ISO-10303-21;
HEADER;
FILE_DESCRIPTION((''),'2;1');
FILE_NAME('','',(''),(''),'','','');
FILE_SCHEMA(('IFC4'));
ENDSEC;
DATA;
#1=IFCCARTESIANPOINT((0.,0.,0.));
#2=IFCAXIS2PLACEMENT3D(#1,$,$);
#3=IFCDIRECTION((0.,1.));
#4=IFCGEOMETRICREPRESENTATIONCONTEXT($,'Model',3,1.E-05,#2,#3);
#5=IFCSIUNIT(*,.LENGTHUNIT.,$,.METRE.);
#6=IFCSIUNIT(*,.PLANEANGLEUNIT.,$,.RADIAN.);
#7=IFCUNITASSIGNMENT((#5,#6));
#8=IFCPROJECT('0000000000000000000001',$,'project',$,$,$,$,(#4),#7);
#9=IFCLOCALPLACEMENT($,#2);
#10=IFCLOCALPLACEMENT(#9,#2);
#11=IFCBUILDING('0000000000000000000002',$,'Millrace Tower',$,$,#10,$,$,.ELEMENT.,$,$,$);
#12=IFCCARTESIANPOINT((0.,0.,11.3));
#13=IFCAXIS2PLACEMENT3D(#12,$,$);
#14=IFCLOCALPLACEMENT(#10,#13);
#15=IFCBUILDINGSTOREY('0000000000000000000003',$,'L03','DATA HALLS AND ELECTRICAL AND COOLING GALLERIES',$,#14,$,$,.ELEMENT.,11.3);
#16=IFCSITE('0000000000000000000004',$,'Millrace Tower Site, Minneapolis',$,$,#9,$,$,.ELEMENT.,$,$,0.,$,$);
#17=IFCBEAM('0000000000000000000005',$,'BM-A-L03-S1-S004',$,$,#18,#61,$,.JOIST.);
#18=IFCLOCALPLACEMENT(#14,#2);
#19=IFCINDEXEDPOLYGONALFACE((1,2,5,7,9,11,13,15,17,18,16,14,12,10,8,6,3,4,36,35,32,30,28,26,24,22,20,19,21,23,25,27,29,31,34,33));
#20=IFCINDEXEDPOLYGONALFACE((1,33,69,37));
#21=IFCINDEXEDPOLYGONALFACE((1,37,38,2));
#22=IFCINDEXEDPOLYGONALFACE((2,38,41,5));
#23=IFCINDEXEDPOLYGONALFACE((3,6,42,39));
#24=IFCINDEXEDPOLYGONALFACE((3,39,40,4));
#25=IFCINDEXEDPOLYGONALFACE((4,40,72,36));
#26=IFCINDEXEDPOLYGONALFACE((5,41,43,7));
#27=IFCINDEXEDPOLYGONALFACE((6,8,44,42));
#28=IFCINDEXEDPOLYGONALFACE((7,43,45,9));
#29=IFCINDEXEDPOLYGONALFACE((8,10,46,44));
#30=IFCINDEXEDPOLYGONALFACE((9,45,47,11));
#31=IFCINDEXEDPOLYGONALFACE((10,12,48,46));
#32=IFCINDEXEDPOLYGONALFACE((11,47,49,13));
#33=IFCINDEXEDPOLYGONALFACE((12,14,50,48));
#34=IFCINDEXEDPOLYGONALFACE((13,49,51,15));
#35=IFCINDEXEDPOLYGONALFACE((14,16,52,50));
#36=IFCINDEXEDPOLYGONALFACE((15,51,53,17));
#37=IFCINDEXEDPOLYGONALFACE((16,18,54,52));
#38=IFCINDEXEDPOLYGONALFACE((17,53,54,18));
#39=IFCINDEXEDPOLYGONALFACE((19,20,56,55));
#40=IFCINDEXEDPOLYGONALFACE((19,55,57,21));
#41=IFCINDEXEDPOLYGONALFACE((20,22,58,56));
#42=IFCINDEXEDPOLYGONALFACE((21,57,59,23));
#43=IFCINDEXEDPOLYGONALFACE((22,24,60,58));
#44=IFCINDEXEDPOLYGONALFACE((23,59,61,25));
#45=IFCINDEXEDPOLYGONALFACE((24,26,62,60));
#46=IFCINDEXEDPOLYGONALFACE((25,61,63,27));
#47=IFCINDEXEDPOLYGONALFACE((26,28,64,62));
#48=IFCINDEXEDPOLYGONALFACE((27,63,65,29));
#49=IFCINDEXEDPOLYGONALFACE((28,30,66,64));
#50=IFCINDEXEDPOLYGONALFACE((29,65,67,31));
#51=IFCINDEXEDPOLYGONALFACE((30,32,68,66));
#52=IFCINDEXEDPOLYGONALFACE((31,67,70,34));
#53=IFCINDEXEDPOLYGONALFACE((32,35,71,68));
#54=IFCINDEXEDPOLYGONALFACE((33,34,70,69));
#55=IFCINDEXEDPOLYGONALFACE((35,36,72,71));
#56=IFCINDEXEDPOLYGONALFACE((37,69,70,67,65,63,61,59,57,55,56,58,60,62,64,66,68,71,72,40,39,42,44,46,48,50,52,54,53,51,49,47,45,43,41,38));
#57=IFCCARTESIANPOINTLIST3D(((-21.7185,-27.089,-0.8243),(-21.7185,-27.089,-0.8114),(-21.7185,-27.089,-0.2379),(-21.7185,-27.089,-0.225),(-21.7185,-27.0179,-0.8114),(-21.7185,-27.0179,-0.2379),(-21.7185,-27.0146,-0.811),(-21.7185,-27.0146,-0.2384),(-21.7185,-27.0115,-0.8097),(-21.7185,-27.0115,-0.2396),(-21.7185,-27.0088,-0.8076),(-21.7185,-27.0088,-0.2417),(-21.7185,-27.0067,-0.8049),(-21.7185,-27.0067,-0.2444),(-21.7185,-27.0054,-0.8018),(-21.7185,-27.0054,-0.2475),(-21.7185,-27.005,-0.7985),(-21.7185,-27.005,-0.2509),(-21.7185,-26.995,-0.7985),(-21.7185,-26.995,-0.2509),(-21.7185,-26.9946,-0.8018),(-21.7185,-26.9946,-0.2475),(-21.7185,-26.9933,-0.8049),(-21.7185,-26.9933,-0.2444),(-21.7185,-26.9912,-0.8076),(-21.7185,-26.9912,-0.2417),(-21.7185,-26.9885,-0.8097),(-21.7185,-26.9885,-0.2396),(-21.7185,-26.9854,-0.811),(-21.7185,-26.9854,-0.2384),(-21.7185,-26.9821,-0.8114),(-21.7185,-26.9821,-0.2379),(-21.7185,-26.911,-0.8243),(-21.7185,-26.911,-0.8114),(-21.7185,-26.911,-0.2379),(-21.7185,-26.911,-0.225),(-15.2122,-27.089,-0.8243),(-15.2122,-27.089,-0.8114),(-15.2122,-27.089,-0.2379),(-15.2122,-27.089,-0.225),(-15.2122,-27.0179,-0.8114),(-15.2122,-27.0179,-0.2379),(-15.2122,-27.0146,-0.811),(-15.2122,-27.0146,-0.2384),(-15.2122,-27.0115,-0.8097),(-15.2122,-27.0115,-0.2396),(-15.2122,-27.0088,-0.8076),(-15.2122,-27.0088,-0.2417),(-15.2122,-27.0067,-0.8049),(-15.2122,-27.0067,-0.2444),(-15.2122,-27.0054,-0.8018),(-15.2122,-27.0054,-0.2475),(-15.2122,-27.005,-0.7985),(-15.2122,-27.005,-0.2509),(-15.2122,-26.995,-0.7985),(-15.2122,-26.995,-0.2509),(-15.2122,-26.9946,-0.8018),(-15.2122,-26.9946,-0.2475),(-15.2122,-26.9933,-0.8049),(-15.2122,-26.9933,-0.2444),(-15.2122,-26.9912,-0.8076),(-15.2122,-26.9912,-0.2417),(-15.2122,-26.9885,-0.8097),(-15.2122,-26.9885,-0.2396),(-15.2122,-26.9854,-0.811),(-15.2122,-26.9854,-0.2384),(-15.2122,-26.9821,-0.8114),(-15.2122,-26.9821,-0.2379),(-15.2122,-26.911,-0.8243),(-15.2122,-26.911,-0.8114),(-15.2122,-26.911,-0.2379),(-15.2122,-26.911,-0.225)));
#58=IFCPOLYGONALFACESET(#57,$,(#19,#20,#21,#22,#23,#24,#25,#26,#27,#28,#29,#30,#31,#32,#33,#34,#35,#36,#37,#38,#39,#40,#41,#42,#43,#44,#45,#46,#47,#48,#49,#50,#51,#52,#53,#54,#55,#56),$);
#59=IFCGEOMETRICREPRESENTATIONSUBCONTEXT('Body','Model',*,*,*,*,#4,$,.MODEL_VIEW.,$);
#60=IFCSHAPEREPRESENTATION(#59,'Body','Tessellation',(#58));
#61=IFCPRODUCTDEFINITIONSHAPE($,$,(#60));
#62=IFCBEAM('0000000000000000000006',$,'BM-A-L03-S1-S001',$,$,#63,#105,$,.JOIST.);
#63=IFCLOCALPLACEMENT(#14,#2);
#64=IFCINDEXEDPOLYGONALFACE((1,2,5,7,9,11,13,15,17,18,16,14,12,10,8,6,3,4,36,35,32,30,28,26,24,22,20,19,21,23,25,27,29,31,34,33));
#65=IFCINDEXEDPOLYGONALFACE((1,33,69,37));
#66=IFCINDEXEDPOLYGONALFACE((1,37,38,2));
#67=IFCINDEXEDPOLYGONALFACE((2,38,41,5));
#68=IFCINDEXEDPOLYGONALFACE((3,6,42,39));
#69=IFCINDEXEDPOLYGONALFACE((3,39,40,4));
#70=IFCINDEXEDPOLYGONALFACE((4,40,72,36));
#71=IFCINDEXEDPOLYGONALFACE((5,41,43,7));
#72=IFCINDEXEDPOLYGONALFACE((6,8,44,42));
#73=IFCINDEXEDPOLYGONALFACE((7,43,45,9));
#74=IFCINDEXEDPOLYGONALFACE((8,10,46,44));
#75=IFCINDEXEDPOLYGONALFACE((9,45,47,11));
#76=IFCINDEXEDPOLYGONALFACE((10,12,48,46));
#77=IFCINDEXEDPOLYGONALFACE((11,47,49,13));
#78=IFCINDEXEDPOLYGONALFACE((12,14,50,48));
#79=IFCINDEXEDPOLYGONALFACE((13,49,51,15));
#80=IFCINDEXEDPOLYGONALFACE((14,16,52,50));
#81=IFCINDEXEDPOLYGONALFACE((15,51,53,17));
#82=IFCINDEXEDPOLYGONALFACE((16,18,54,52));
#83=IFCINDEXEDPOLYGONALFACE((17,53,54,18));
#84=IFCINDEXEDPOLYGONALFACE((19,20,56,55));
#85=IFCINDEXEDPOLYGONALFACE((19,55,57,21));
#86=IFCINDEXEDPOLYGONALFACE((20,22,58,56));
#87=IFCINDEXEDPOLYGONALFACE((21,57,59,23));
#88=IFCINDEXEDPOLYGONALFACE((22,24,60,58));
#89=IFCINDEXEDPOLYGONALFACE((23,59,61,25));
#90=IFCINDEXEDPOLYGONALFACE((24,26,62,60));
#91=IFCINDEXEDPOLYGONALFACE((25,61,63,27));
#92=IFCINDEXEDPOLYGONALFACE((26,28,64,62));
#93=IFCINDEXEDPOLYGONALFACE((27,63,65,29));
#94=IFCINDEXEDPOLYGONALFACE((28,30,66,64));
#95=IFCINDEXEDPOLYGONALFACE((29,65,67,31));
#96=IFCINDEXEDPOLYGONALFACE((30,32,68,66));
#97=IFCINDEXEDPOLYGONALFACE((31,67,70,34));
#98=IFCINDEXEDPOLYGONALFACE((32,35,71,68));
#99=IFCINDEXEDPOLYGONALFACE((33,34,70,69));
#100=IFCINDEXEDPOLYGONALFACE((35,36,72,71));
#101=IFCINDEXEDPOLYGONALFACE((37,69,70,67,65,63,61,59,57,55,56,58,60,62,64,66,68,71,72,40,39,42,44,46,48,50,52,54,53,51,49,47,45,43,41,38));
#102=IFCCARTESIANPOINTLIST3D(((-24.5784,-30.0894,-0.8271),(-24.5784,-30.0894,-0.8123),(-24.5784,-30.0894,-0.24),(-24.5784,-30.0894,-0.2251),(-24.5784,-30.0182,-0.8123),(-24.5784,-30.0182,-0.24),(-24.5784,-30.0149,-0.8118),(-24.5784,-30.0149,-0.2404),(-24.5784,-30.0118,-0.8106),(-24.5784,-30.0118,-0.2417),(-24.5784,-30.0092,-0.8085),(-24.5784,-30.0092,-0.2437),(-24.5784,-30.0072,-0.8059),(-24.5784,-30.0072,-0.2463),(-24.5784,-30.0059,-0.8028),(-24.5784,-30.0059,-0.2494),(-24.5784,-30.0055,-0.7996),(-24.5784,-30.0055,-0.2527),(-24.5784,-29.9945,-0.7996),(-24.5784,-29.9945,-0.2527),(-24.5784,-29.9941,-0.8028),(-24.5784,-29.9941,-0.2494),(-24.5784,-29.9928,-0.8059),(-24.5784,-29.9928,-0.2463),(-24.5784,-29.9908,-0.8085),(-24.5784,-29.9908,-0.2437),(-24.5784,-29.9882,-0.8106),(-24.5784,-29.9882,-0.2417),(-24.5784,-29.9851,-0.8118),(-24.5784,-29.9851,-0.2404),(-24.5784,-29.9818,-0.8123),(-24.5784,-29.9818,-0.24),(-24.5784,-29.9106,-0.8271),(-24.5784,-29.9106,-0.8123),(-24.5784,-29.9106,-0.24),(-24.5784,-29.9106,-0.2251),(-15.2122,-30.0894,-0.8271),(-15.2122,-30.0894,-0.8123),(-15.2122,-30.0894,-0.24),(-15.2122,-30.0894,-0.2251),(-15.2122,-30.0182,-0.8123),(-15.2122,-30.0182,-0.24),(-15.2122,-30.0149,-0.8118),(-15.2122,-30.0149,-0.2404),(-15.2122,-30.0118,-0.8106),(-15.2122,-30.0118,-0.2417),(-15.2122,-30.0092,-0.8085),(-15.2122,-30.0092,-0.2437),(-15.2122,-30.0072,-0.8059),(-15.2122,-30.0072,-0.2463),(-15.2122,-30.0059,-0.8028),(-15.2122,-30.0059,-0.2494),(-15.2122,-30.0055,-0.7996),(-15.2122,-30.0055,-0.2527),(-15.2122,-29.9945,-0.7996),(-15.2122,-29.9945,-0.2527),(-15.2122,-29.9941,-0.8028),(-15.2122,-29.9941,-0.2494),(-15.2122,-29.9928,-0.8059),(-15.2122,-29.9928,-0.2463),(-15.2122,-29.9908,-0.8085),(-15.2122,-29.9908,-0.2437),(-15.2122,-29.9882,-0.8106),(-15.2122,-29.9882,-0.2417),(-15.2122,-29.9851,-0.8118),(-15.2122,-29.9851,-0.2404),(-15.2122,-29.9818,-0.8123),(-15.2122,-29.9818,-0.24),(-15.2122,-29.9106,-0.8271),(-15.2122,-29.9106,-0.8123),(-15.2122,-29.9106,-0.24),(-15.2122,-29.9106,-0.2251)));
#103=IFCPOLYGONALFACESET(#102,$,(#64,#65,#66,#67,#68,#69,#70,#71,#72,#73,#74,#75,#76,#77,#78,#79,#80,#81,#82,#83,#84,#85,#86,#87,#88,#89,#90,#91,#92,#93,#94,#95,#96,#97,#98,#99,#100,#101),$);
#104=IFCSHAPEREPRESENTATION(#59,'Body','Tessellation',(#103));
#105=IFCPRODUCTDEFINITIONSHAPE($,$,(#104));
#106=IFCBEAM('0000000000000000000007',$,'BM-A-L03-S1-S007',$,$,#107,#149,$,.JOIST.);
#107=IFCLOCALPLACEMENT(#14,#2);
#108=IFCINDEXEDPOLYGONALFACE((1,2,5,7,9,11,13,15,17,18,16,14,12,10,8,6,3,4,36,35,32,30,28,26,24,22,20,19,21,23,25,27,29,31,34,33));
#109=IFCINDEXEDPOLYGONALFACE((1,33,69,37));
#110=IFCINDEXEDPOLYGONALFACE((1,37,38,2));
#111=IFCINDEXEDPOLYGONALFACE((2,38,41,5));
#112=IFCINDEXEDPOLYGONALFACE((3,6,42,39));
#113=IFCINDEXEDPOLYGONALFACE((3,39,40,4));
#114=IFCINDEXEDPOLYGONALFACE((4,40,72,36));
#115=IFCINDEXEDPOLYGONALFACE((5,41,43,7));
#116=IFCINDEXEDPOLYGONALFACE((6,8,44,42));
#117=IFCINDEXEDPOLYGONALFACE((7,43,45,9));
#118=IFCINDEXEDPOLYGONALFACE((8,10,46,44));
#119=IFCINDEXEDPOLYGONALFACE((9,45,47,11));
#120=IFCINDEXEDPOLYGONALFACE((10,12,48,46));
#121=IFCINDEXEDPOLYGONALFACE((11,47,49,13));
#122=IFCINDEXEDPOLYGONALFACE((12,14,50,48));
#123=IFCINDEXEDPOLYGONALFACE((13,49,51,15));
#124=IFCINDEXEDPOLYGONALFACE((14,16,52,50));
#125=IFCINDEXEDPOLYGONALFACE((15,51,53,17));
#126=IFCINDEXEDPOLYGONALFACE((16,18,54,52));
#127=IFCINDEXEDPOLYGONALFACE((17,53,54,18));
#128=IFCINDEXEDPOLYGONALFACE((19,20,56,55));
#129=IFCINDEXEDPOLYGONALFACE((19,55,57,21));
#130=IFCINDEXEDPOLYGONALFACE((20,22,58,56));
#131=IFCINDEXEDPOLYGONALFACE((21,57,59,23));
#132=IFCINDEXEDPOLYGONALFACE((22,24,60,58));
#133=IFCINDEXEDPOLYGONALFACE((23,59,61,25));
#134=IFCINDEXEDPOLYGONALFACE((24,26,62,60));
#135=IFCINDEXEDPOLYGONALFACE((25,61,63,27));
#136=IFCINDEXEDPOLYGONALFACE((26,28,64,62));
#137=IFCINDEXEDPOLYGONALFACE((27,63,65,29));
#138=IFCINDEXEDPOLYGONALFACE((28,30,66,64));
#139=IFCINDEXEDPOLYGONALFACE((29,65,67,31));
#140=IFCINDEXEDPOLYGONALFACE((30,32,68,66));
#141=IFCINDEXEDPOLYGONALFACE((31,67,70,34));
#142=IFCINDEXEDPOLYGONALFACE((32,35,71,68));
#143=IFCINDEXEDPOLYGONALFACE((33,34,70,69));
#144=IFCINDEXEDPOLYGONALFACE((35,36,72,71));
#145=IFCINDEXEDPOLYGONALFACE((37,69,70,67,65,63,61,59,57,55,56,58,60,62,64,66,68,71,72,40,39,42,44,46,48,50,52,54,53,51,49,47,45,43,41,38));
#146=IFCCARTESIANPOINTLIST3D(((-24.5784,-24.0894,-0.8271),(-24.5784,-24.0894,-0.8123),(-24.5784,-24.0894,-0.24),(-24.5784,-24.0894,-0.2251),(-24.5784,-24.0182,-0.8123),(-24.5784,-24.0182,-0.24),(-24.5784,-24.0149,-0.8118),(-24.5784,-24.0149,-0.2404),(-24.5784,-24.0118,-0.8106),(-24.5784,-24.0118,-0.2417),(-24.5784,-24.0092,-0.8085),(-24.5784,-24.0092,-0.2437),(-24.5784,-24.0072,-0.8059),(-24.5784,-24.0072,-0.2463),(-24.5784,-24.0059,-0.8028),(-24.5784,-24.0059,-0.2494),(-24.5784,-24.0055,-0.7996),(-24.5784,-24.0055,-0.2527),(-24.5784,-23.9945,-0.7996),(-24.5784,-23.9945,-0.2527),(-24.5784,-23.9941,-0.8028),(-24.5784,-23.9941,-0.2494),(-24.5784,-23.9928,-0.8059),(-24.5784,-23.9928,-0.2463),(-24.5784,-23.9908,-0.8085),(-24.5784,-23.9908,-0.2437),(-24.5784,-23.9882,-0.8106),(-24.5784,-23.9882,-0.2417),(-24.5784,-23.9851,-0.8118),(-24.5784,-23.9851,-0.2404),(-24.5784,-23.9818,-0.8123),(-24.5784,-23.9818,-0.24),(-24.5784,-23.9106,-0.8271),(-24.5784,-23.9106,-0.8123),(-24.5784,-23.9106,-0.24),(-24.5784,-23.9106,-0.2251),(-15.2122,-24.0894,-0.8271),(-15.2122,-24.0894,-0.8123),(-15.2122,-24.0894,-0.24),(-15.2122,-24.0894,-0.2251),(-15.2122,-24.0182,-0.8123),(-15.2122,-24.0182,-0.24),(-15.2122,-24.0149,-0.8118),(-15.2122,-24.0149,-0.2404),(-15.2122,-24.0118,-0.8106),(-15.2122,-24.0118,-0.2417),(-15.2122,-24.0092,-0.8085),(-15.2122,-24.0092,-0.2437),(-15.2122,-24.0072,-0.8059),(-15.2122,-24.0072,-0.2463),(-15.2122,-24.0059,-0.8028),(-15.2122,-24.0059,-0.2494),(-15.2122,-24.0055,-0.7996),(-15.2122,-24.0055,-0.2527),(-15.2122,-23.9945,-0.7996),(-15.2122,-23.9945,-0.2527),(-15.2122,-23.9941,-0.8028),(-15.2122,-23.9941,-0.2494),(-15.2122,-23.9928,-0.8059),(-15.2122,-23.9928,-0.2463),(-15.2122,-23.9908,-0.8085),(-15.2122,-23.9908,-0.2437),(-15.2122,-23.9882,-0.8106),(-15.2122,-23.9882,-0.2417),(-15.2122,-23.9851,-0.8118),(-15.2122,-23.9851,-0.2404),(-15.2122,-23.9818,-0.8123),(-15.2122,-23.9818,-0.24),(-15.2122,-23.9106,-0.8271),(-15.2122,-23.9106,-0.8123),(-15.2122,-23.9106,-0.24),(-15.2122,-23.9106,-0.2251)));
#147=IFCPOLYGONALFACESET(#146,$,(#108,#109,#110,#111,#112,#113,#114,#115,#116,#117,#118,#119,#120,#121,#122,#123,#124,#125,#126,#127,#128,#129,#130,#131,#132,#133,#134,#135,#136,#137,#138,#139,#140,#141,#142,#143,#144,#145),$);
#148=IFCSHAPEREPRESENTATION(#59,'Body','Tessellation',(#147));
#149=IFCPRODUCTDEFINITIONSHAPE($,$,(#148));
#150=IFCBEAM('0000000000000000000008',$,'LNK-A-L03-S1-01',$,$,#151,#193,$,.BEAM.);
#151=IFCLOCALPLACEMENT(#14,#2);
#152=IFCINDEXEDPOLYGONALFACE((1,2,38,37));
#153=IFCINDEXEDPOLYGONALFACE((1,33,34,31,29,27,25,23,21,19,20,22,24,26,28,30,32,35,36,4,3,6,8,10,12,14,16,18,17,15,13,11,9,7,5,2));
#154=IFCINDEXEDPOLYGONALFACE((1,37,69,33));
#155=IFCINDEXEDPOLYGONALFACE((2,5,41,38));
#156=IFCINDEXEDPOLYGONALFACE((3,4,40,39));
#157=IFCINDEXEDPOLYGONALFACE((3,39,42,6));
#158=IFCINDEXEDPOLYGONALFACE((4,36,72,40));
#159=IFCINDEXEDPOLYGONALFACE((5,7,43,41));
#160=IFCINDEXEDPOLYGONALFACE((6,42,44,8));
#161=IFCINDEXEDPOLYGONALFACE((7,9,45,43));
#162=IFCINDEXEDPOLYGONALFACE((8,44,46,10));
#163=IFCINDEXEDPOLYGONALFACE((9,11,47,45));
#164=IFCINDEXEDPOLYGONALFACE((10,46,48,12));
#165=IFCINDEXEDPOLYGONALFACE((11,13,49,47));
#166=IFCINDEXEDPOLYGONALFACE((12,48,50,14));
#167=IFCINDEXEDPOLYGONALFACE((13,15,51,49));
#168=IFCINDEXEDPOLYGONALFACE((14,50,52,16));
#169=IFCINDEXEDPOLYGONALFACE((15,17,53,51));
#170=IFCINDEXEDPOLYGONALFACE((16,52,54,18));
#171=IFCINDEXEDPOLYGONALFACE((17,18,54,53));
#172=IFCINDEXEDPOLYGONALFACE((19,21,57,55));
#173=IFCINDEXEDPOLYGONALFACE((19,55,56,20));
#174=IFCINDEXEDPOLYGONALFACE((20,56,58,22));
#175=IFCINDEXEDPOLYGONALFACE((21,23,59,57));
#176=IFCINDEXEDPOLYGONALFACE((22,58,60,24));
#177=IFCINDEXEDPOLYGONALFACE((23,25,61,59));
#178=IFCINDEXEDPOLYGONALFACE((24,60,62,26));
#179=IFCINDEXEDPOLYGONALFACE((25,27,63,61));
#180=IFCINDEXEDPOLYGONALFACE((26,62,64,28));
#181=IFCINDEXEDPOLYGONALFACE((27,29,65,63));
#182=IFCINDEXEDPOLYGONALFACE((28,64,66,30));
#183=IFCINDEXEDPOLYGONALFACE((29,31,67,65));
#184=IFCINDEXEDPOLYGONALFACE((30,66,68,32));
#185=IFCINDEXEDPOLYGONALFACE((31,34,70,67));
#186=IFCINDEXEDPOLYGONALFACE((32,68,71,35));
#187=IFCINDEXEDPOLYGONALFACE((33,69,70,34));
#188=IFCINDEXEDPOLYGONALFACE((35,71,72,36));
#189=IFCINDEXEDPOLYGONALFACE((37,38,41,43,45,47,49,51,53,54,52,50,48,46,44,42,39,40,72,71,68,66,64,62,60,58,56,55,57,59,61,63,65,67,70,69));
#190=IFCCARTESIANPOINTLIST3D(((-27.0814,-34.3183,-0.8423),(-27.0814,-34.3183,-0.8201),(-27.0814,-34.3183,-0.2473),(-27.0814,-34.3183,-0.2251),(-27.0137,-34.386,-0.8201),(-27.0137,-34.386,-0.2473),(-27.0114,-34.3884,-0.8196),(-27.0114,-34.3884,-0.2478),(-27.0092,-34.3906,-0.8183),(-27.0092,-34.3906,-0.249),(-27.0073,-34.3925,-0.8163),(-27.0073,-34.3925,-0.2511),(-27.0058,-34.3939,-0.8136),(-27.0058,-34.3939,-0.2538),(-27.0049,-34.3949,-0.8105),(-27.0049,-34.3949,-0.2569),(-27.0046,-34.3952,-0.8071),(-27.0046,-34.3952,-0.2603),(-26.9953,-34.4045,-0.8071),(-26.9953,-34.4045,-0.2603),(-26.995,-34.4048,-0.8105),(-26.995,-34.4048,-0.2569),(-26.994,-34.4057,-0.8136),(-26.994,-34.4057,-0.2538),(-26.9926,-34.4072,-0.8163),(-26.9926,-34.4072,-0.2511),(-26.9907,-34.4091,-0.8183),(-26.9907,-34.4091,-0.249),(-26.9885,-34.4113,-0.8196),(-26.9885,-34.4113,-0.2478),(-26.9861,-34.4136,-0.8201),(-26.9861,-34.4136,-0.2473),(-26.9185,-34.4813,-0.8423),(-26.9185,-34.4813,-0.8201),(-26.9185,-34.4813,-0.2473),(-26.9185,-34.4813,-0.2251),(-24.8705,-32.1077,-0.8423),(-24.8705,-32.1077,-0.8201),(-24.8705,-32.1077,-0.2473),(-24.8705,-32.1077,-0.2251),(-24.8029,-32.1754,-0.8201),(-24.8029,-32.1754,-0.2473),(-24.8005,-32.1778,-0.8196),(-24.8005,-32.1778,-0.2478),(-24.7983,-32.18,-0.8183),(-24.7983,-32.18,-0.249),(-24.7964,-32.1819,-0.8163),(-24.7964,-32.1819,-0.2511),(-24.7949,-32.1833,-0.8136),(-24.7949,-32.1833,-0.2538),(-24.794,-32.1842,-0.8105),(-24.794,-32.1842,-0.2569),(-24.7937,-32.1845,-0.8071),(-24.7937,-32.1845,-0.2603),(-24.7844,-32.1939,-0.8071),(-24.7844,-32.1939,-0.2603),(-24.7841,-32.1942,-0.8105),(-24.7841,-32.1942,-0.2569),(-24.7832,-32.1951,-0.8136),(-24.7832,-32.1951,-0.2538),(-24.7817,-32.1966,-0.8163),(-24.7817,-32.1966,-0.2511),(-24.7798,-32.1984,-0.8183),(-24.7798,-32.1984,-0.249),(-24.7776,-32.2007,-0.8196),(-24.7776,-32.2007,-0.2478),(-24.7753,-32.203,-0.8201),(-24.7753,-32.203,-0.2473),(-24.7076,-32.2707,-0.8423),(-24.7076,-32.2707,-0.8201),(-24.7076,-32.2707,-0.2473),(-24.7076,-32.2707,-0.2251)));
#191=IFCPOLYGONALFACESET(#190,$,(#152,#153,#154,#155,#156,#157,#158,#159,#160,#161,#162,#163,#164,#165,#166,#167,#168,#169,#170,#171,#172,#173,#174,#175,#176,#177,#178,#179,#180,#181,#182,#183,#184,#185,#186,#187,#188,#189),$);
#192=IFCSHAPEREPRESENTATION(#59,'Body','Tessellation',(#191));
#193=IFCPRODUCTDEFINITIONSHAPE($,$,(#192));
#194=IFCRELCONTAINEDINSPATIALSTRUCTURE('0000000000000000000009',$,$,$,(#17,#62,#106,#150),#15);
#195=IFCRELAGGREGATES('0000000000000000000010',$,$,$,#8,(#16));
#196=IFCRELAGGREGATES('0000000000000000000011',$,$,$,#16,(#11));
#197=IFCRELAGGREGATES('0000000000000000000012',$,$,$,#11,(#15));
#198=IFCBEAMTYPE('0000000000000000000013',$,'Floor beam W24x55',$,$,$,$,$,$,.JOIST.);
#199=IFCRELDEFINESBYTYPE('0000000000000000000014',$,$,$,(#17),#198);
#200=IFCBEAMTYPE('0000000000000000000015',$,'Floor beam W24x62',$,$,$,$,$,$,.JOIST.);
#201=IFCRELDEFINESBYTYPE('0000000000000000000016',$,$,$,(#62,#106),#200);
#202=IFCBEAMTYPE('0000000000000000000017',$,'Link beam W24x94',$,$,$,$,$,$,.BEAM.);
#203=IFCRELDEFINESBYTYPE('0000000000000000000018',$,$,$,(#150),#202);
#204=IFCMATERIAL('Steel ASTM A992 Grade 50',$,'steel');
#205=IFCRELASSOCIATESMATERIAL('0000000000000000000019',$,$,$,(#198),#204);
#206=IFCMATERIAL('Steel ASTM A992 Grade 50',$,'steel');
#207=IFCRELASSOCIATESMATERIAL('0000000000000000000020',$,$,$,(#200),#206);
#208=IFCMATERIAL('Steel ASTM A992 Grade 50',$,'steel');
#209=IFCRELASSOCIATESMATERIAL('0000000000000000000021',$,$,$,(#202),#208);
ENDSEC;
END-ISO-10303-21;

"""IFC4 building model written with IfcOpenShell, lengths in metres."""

from ifc_helpers import new_model, si_unit, direction, frame, origin, origin_2d, place, context, subcontext, project, spatial, i_section, extrude, material, material_profile, profile_set, type_object, element, save


model = new_model("IFC4")

# Units and contexts
model_context = context("Model", 3, precision=1e-05, world=origin(), true_north=direction((0.0, 1.0)))
body_context = subcontext(model_context, "Body", "Model", "MODEL_VIEW")
ifc_project = project(units=[si_unit("LENGTHUNIT", "METRE"), si_unit("PLANEANGLEUNIT", "RADIAN")], contexts=[model_context])

# Site, building, storey
site_placement = place(None, origin())
site = spatial("IfcSite", under=ifc_project, at=site_placement, Name="Millrace Tower Site, Minneapolis", CompositionType="ELEMENT", RefElevation=0.0)
building_placement = place(site_placement, origin())
building = spatial("IfcBuilding", under=site, at=building_placement, Name="Millrace Tower", CompositionType="ELEMENT")
storey_placement = place(building_placement, frame((0.0, 0.0, 11.3)))
storey = spatial("IfcBuildingStorey", under=building, at=storey_placement, Name="L03", Description="DATA HALLS AND ELECTRICAL AND COOLING GALLERIES", CompositionType="ELEMENT", Elevation=11.3)

# Beams
ifc_material_1 = material(Name="Steel ASTM A992 Grade 50", Category="steel")
ifc_material_profile_1 = material_profile(ifc_material_1, i_section(OverallWidth=0.178, OverallDepth=0.5994, WebThickness=0.01, FlangeThickness=0.0129, FilletRadius=0.0129, at=origin_2d()))
ifc_profile_set_1 = profile_set([ifc_material_profile_1], Name="Steel ASTM A992 Grade 50")
beam_type_1 = type_object("IfcBeamType", Name="Floor beam W24x55", PredefinedType="JOIST", material=ifc_profile_set_1)
beam_1_placement = place(storey_placement, frame((-21.7185, -27.0, -0.5247), z_axis=(1.0, 0.0, 0.0), x_axis=(0.0, 1.0, 0.0)))
element("IfcBeam", 1, at=beam_1_placement, inside=storey, type_object=beam_type_1, Name="BM-A-L03-S1-S004", PredefinedType="JOIST", context=body_context, shape_type="SweptSolid", body=[
    extrude(i_section(OverallWidth=0.178, OverallDepth=0.5994, WebThickness=0.01, FlangeThickness=0.0129, FilletRadius=0.0129, at=origin_2d()), origin(), (0.0, 0.0, 1.0), 6.5063),
])
ifc_material_2 = material(Name="Steel ASTM A992 Grade 50", Category="steel")
ifc_material_profile_2 = material_profile(ifc_material_2, i_section(OverallWidth=0.1787, OverallDepth=0.6021, WebThickness=0.011, FlangeThickness=0.0149, FilletRadius=0.0127, at=origin_2d()))
ifc_profile_set_2 = profile_set([ifc_material_profile_2], Name="Steel ASTM A992 Grade 50")
beam_type_2 = type_object("IfcBeamType", Name="Floor beam W24x62", PredefinedType="JOIST", material=ifc_profile_set_2)
for number, where, z_axis, x_axis, name in (
    (2, (-24.5784, -30.0, -0.5261), (1.0, 0.0, 0.0), (0.0, 1.0, 0.0), "BM-A-L03-S1-S001"),
    (3, (-24.5784, -24.0, -0.5261), (1.0, 0.0, 0.0), (0.0, 1.0, 0.0), "BM-A-L03-S1-S007"),
):
    element("IfcBeam", number, at=place(storey_placement, frame(where, z_axis=z_axis, x_axis=x_axis)), inside=storey, type_object=beam_type_2, Name=name, PredefinedType="JOIST", context=body_context, shape_type="SweptSolid", body=[
        extrude(i_section(OverallWidth=0.1787, OverallDepth=0.6021, WebThickness=0.011, FlangeThickness=0.0149, FilletRadius=0.0127, at=origin_2d()), origin(), (0.0, 0.0, 1.0), 9.3662),
    ])
ifc_material_3 = material(Name="Steel ASTM A992 Grade 50", Category="steel")
ifc_material_profile_3 = material_profile(ifc_material_3, i_section(OverallWidth=0.2305, OverallDepth=0.6172, WebThickness=0.0132, FlangeThickness=0.0222, FilletRadius=0.0129, at=origin_2d()))
ifc_profile_set_3 = profile_set([ifc_material_profile_3], Name="Steel ASTM A992 Grade 50")
beam_type_3 = type_object("IfcBeamType", Name="Link beam W24x94", PredefinedType="BEAM", material=ifc_profile_set_3)
beam_2_placement = place(storey_placement, frame((-24.7891, -32.1892, -0.5337), z_axis=(-0.707146, -0.707068, 0.0), x_axis=(0.707068, -0.707146, 0.0)))
element("IfcBeam", 4, at=beam_2_placement, inside=storey, type_object=beam_type_3, Name="LNK-A-L03-S1-01", PredefinedType="BEAM", context=body_context, shape_type="SweptSolid", body=[
    extrude(i_section(OverallWidth=0.2305, OverallDepth=0.6172, WebThickness=0.0132, FlangeThickness=0.0222, FilletRadius=0.0129, at=origin_2d()), origin(), (0.0, 0.0, 1.0), 3.1265),
])

save(model, "model.ifc")
